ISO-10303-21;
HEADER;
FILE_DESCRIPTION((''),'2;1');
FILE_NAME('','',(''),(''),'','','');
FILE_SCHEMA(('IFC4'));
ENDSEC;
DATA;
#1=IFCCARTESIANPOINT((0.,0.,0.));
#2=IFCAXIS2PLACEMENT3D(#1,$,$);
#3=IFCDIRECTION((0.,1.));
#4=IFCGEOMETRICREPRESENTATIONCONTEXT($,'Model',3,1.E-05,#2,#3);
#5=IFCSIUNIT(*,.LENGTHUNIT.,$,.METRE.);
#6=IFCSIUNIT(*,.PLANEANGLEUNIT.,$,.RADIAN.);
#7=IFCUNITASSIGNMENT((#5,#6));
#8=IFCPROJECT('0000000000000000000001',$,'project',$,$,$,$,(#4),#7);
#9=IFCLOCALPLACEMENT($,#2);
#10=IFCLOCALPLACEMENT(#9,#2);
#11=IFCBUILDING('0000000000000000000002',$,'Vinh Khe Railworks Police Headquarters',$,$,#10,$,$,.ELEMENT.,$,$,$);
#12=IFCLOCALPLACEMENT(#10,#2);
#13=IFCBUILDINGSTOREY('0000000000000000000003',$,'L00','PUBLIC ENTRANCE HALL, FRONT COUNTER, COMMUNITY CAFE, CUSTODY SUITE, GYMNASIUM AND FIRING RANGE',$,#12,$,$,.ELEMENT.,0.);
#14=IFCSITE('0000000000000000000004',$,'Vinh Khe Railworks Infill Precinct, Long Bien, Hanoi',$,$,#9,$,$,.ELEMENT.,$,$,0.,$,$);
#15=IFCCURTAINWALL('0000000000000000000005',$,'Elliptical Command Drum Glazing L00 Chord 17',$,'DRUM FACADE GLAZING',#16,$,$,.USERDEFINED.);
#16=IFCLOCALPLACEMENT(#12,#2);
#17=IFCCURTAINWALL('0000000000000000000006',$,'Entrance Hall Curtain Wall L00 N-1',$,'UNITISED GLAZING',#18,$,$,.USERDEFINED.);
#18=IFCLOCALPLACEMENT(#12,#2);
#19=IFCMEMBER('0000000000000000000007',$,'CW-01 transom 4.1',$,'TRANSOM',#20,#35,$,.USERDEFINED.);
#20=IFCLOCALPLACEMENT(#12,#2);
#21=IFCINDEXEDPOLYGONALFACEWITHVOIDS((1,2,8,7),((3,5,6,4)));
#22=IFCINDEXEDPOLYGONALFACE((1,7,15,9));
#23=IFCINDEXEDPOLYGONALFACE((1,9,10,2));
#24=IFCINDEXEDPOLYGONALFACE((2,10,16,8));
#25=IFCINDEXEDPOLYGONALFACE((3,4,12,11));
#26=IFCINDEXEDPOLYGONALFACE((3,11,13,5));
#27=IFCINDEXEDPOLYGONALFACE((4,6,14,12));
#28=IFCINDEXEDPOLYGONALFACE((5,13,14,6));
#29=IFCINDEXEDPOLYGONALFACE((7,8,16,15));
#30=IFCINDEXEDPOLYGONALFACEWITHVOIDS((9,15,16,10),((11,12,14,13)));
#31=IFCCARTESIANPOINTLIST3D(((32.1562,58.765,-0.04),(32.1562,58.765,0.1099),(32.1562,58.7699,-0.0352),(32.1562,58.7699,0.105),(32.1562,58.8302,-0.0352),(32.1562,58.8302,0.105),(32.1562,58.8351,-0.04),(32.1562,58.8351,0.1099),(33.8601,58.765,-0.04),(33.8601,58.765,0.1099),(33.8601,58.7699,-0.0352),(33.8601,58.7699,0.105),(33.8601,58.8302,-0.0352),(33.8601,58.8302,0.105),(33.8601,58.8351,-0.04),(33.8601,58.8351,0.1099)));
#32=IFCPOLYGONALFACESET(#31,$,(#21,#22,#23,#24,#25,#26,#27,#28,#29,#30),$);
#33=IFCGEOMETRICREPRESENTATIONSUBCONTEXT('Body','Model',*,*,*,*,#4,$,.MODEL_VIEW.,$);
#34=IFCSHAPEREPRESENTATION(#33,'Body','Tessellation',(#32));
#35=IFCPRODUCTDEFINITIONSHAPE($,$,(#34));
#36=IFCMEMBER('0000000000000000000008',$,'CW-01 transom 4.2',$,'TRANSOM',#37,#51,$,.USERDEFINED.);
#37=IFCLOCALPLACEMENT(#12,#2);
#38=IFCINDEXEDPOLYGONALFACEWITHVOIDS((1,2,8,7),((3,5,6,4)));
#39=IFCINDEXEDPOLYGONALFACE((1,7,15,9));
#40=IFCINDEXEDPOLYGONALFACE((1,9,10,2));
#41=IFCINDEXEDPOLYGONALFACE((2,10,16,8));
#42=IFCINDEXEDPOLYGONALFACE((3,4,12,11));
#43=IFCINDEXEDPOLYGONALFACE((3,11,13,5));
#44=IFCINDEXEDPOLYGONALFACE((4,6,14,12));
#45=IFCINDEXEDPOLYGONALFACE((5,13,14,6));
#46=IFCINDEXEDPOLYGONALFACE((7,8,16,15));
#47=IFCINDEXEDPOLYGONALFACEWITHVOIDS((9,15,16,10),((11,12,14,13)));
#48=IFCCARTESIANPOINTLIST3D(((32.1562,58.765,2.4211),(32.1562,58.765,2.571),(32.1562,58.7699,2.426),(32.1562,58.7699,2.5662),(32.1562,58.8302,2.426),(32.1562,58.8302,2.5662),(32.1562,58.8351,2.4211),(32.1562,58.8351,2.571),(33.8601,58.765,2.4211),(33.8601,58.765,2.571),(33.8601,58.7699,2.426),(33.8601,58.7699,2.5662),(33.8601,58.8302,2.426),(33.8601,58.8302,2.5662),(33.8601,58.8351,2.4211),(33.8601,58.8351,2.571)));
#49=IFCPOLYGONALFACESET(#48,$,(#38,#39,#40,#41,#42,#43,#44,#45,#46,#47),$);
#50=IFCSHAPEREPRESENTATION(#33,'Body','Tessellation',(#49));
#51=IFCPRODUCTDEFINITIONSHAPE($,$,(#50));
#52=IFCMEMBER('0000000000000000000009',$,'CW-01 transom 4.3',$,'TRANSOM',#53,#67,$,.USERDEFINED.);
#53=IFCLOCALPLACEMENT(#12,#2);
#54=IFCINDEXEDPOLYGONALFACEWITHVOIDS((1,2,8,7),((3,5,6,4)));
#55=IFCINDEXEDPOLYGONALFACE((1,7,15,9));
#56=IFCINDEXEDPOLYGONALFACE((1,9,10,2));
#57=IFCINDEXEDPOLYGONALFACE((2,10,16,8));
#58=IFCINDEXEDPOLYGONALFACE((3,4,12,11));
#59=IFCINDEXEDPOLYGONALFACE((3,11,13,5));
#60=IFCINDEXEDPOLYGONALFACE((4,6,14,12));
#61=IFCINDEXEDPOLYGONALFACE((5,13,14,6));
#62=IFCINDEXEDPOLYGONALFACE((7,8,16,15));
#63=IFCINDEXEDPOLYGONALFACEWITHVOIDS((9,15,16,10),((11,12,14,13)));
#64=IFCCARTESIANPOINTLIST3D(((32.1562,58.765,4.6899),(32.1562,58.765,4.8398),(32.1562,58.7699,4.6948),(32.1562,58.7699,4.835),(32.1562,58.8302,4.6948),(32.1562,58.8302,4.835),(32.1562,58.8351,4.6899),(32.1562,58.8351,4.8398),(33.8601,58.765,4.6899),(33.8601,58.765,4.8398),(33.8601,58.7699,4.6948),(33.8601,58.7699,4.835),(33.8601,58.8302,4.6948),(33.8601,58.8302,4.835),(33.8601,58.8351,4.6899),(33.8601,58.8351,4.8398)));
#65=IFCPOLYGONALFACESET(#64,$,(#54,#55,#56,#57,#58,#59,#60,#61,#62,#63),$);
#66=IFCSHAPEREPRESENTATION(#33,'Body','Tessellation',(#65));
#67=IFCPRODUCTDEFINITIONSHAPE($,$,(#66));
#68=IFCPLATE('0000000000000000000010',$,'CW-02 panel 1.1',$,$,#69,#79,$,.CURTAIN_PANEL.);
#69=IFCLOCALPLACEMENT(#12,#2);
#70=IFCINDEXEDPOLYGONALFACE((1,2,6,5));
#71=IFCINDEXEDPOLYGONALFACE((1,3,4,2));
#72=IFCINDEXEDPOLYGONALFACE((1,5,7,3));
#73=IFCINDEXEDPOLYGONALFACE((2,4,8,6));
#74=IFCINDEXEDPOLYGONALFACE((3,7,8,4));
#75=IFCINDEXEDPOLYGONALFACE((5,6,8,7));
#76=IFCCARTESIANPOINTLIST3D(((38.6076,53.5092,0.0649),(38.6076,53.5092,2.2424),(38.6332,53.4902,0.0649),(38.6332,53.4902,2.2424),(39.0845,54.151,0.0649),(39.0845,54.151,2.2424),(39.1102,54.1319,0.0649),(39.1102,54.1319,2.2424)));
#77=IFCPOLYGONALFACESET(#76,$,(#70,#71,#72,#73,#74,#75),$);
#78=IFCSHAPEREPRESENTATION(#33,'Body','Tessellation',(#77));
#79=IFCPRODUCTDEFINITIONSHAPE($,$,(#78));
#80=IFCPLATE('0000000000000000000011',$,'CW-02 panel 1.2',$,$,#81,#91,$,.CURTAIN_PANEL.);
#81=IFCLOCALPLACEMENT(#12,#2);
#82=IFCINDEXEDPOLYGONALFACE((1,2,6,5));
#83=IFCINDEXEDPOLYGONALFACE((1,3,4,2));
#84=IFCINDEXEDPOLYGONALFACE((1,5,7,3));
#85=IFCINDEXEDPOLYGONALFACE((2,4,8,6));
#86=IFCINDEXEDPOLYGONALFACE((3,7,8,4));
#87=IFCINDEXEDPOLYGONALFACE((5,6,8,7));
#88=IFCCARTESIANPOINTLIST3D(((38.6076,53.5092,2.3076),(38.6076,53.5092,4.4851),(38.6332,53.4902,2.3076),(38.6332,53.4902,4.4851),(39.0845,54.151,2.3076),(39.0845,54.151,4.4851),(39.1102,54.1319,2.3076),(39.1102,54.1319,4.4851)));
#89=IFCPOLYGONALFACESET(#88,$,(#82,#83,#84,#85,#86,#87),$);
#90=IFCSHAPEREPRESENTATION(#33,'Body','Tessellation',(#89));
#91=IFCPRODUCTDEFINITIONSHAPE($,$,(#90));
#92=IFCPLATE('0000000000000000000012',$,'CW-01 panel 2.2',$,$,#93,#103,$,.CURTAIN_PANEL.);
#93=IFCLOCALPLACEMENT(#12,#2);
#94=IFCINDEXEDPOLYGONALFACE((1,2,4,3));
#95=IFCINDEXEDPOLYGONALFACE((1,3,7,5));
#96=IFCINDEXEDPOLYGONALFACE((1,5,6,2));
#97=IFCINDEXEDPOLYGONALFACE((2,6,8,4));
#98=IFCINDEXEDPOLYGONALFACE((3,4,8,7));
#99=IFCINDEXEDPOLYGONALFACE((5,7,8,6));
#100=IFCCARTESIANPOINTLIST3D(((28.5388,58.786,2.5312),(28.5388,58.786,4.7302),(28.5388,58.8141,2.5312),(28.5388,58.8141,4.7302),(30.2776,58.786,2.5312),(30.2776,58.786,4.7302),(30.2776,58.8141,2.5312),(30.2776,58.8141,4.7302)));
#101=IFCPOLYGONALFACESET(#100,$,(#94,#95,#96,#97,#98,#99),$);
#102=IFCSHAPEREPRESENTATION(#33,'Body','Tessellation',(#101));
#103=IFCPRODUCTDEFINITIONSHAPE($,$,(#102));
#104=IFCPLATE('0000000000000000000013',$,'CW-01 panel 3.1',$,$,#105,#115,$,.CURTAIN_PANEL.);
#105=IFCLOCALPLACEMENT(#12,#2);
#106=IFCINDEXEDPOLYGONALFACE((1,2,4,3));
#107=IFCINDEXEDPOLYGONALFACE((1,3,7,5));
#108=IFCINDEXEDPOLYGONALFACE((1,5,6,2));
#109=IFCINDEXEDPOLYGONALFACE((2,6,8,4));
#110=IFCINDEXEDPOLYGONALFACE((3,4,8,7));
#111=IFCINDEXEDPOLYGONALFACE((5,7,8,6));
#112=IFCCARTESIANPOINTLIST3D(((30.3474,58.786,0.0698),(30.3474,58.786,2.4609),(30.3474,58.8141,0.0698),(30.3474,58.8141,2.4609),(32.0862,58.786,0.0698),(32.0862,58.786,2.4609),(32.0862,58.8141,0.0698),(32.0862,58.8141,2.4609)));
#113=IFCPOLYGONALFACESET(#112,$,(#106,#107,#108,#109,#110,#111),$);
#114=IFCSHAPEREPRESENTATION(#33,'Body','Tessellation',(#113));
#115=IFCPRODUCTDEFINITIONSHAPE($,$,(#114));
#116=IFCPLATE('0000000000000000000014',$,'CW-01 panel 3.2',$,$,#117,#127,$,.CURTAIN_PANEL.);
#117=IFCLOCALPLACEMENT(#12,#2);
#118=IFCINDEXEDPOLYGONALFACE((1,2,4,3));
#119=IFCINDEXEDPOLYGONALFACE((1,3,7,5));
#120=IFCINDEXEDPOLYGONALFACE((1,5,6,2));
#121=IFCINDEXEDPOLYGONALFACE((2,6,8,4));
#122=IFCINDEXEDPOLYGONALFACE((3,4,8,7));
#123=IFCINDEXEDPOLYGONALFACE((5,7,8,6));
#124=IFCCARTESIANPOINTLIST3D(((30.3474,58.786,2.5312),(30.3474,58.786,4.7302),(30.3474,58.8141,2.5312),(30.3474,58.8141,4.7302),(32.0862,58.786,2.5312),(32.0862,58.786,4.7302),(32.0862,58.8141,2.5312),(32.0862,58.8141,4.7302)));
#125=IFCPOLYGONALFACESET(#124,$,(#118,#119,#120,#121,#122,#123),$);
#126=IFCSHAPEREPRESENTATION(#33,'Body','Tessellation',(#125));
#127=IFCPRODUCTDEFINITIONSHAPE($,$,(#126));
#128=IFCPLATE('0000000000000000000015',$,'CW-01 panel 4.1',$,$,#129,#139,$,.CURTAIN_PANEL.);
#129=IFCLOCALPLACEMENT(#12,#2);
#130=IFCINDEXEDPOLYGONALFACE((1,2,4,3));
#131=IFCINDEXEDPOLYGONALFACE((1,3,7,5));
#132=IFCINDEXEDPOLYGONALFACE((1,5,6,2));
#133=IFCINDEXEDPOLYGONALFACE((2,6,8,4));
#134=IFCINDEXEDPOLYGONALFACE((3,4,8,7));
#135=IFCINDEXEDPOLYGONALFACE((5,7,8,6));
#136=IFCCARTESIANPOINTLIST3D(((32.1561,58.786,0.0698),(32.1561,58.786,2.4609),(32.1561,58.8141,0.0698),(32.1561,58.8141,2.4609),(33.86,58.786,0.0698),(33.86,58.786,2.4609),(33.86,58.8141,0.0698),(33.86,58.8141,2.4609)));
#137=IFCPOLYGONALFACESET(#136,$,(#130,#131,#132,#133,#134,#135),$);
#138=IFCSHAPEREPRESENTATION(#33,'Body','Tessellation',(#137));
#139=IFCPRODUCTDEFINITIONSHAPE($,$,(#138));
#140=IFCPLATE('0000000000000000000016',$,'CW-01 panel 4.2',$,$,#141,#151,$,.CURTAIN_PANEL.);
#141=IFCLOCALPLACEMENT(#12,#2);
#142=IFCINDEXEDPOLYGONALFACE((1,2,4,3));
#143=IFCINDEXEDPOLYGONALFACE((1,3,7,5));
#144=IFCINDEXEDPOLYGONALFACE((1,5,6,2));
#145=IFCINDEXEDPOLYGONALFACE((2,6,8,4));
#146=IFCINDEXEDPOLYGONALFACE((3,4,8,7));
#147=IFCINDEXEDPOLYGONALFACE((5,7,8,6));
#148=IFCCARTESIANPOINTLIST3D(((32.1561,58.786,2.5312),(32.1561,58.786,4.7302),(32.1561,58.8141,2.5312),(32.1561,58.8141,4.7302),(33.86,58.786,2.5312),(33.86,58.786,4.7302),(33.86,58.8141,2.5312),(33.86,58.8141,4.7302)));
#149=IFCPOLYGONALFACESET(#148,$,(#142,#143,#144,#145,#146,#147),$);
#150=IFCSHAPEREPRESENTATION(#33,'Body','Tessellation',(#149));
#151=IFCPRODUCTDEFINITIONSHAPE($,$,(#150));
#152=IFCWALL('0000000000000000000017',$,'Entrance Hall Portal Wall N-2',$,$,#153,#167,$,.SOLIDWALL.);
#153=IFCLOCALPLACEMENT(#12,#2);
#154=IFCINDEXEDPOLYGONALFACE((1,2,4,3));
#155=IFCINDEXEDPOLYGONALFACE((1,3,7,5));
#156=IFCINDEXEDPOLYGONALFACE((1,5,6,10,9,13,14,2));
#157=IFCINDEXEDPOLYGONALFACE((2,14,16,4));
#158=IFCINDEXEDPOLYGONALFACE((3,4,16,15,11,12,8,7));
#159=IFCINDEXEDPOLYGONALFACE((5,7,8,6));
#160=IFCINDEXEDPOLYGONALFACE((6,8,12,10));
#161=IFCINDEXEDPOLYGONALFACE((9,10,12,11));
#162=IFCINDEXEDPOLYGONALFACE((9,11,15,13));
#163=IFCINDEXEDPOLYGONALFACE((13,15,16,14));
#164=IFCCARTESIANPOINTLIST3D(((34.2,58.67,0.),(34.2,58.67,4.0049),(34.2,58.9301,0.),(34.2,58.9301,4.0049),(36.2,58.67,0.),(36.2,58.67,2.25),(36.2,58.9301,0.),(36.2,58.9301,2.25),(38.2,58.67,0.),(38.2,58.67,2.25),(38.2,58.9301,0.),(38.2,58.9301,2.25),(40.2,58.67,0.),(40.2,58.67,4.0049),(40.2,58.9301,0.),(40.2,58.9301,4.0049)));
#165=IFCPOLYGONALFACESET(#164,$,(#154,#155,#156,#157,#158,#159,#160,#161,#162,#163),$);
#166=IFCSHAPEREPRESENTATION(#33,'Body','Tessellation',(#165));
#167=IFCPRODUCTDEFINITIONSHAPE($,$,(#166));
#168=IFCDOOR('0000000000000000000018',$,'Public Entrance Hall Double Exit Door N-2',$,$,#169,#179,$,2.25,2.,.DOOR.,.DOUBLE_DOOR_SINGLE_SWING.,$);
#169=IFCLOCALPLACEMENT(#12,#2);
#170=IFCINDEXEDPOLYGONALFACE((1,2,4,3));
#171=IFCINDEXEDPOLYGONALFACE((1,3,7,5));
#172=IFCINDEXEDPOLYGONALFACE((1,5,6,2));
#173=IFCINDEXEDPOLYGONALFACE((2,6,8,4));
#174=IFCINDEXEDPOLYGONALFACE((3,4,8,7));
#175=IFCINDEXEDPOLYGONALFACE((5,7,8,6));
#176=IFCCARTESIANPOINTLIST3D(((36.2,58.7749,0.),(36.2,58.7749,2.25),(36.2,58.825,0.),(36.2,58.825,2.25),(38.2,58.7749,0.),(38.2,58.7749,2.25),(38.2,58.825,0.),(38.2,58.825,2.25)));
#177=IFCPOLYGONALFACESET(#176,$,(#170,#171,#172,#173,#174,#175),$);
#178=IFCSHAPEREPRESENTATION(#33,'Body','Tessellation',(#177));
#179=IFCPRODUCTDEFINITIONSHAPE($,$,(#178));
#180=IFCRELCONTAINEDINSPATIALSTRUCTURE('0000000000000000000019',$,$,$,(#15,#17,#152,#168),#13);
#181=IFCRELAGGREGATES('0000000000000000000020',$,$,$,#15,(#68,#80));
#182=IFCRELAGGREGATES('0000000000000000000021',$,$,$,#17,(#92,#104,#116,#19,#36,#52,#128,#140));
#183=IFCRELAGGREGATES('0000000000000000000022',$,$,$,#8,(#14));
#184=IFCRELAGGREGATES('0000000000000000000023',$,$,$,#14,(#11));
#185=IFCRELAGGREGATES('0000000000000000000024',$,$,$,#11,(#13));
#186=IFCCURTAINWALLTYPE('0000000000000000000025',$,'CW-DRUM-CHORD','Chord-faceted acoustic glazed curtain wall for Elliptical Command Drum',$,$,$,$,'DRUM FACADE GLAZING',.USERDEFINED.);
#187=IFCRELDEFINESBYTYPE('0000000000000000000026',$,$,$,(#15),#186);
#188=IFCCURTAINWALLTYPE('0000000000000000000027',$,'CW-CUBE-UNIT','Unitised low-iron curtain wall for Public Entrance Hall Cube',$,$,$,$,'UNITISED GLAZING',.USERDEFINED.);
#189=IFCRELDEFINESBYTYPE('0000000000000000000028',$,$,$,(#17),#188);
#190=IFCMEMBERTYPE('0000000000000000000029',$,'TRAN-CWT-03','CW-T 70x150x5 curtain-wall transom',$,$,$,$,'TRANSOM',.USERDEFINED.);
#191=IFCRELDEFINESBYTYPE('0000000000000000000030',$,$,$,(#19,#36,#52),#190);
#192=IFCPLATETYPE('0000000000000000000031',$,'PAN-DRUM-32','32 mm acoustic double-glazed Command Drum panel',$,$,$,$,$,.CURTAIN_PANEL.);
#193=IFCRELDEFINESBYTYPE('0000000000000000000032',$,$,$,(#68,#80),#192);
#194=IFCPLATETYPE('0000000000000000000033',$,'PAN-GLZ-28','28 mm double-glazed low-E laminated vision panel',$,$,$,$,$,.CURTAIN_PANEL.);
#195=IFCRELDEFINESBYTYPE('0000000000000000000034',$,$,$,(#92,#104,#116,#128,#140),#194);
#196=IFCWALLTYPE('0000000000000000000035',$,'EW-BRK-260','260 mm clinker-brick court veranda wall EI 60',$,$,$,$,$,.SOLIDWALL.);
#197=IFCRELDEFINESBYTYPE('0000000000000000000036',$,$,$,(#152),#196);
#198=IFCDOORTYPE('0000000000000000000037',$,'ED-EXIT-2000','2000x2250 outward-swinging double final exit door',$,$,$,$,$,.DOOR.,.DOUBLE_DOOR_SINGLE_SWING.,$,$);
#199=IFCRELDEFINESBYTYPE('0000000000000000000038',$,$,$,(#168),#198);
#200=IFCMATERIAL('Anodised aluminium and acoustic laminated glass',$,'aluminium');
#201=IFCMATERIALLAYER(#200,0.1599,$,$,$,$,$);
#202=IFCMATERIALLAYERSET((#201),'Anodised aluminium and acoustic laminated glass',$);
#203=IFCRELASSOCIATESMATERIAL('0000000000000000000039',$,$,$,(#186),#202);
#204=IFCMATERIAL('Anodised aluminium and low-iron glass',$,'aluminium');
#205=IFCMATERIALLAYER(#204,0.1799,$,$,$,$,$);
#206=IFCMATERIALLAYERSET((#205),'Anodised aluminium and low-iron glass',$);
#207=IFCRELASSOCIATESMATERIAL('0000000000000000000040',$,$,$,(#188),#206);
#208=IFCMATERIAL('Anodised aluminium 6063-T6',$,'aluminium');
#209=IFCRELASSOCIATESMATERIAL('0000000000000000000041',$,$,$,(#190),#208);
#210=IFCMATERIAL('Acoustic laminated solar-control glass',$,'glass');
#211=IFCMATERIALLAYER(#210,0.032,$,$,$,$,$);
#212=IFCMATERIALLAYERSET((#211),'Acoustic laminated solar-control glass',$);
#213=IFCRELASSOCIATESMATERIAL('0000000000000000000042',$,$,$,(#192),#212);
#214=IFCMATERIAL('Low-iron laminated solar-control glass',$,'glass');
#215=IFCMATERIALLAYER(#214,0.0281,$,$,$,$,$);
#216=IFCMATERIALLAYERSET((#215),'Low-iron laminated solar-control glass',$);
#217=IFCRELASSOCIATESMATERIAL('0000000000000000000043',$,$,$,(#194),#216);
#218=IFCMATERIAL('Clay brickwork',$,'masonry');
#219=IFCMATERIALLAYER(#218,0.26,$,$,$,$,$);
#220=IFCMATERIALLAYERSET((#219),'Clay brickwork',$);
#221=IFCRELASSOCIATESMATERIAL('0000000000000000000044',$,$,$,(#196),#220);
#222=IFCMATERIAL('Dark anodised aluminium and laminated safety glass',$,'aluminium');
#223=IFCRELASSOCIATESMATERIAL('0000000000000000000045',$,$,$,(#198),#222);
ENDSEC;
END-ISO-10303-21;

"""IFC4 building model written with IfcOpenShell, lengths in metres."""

from ifc_helpers import new_model, si_unit, direction, frame, frame_2d, origin, origin_2d, place, context, subcontext, project, spatial, rectangle, hollow_rectangle, extrude, material, layer, layer_set, material_profile, profile_set, type_object, element, fill, aggregate, save


model = new_model("IFC4")

# Units and contexts
model_context = context("Model", 3, precision=1e-05, world=origin(), true_north=direction((0.0, 1.0)))
body_context = subcontext(model_context, "Body", "Model", "MODEL_VIEW")
ifc_project = project(units=[si_unit("LENGTHUNIT", "METRE"), si_unit("PLANEANGLEUNIT", "RADIAN")], contexts=[model_context])

# Site, building, storey
site_placement = place(None, origin())
site = spatial("IfcSite", under=ifc_project, at=site_placement, Name="Vinh Khe Railworks Infill Precinct, Long Bien, Hanoi", CompositionType="ELEMENT", RefElevation=0.0)
building_placement = place(site_placement, origin())
building = spatial("IfcBuilding", under=site, at=building_placement, Name="Vinh Khe Railworks Police Headquarters", CompositionType="ELEMENT")
storey_placement = place(building_placement, origin())
storey = spatial("IfcBuildingStorey", under=building, at=storey_placement, Name="L00", Description="PUBLIC ENTRANCE HALL, FRONT COUNTER, COMMUNITY CAFE, CUSTODY SUITE, GYMNASIUM AND FIRING RANGE", CompositionType="ELEMENT", Elevation=0.0)

# Curtain walls
ifc_material_1 = material(Name="Anodised aluminium and acoustic laminated glass", Category="aluminium")
ifc_layer_1 = layer(ifc_material_1, 0.1599)
ifc_layer_set_1 = layer_set([ifc_layer_1], Name="Anodised aluminium and acoustic laminated glass")
curtain_wall_type_1 = type_object("IfcCurtainWallType", Name="CW-DRUM-CHORD", Description="Chord-faceted acoustic glazed curtain wall for Elliptical Command Drum", ElementType="DRUM FACADE GLAZING", PredefinedType="USERDEFINED", material=ifc_layer_set_1)
curtain_wall_1_placement = place(storey_placement, origin())
curtain_wall_1 = element("IfcCurtainWall", 1, at=curtain_wall_1_placement, inside=storey, type_object=curtain_wall_type_1, Name="Elliptical Command Drum Glazing L00 Chord 17", ObjectType="DRUM FACADE GLAZING", PredefinedType="USERDEFINED")
ifc_material_2 = material(Name="Anodised aluminium 6063-T6", Category="aluminium")
ifc_material_3 = material(Name="Anodised aluminium and low-iron glass", Category="aluminium")
ifc_layer_2 = layer(ifc_material_3, 0.1799)
ifc_layer_set_2 = layer_set([ifc_layer_2], Name="Anodised aluminium and low-iron glass")
curtain_wall_type_2 = type_object("IfcCurtainWallType", Name="CW-CUBE-UNIT", Description="Unitised low-iron curtain wall for Public Entrance Hall Cube", ElementType="UNITISED GLAZING", PredefinedType="USERDEFINED", material=ifc_layer_set_2)
curtain_wall_2_placement = place(storey_placement, origin())
curtain_wall_2 = element("IfcCurtainWall", 2, at=curtain_wall_2_placement, inside=storey, type_object=curtain_wall_type_2, Name="Entrance Hall Curtain Wall L00 N-1", ObjectType="UNITISED GLAZING", PredefinedType="USERDEFINED")

# Members
ifc_material_profile_1 = material_profile(ifc_material_2, hollow_rectangle(XDim=0.0701, YDim=0.1499, WallThickness=0.0049, at=origin_2d()), Name="CW-T 70x150x5")
ifc_profile_set_1 = profile_set([ifc_material_profile_1], Name="Anodised aluminium 6063-T6")
member_type_1 = type_object("IfcMemberType", Name="TRAN-CWT-03", Description="CW-T 70x150x5 curtain-wall transom", ElementType="TRANSOM", PredefinedType="USERDEFINED", material=ifc_profile_set_1)
member_1_placement = place(storey_placement, frame((32.1562, 58.8, 0.0349), z_axis=(1.0, 0.0, 0.0), x_axis=(0.0, 1.0, 0.0)))
member_1 = element("IfcMember", 3, at=member_1_placement, type_object=member_type_1, Name="CW-01 transom 4.1", ObjectType="TRANSOM", PredefinedType="USERDEFINED", context=body_context, shape_type="SweptSolid", body=[
    extrude(hollow_rectangle(XDim=0.0701, YDim=0.1499, WallThickness=0.0049, at=origin_2d()), origin(), (0.0, 0.0, 1.0), 1.7039),
])
member_2_placement = place(storey_placement, frame((32.1562, 58.8, 2.4961), z_axis=(1.0, 0.0, 0.0), x_axis=(0.0, 1.0, 0.0)))
member_2 = element("IfcMember", 4, at=member_2_placement, type_object=member_type_1, Name="CW-01 transom 4.2", ObjectType="TRANSOM", PredefinedType="USERDEFINED", context=body_context, shape_type="SweptSolid", body=[
    extrude(hollow_rectangle(XDim=0.0701, YDim=0.1499, WallThickness=0.0049, at=origin_2d()), origin(), (0.0, 0.0, 1.0), 1.7039),
])
member_3_placement = place(storey_placement, frame((32.1562, 58.8, 4.7649), z_axis=(1.0, 0.0, 0.0), x_axis=(0.0, 1.0, 0.0)))
member_3 = element("IfcMember", 5, at=member_3_placement, type_object=member_type_1, Name="CW-01 transom 4.3", ObjectType="TRANSOM", PredefinedType="USERDEFINED", context=body_context, shape_type="SweptSolid", body=[
    extrude(hollow_rectangle(XDim=0.0701, YDim=0.1499, WallThickness=0.0049, at=origin_2d()), origin(), (0.0, 0.0, 1.0), 1.7039),
])

# Plates
ifc_material_4 = material(Name="Acoustic laminated solar-control glass", Category="glass")
ifc_layer_3 = layer(ifc_material_4, 0.032)
ifc_layer_set_3 = layer_set([ifc_layer_3], Name="Acoustic laminated solar-control glass")
plate_type_1 = type_object("IfcPlateType", Name="PAN-DRUM-32", Description="32 mm acoustic double-glazed Command Drum panel", PredefinedType="CURTAIN_PANEL", material=ifc_layer_set_3)
plate_1_placement = place(storey_placement, frame((38.8589, 53.8206, 0.0649), z_axis=(0.0, 0.0, 1.0), x_axis=(-0.596528, -0.802592, 0.0)))
plate_1 = element("IfcPlate", 6, at=plate_1_placement, type_object=plate_type_1, Name="CW-02 panel 1.1", PredefinedType="CURTAIN_PANEL", context=body_context, shape_type="SweptSolid", body=[
    extrude(rectangle(XDim=0.7996, YDim=0.032, at=origin_2d()), origin(), (0.0, 0.0, 1.0), 2.1775),
])
plate_2_placement = place(storey_placement, frame((38.8589, 53.8206, 2.3076), z_axis=(0.0, 0.0, 1.0), x_axis=(-0.596528, -0.802592, 0.0)))
plate_2 = element("IfcPlate", 7, at=plate_2_placement, type_object=plate_type_1, Name="CW-02 panel 1.2", PredefinedType="CURTAIN_PANEL", context=body_context, shape_type="SweptSolid", body=[
    extrude(rectangle(XDim=0.7996, YDim=0.032, at=origin_2d()), origin(), (0.0, 0.0, 1.0), 2.1775),
])
aggregate(curtain_wall_1, [plate_1, plate_2])
ifc_material_5 = material(Name="Low-iron laminated solar-control glass", Category="glass")
ifc_layer_4 = layer(ifc_material_5, 0.0281)
ifc_layer_set_4 = layer_set([ifc_layer_4], Name="Low-iron laminated solar-control glass")
plate_type_2 = type_object("IfcPlateType", Name="PAN-GLZ-28", Description="28 mm double-glazed low-E laminated vision panel", PredefinedType="CURTAIN_PANEL", material=ifc_layer_set_4)
plate_3_placement = place(storey_placement, frame((29.4082, 58.8, 2.5312), z_axis=(0.0, 0.0, 1.0), x_axis=(1.0, 0.0, 0.0)))
plate_3 = element("IfcPlate", 8, at=plate_3_placement, type_object=plate_type_2, Name="CW-01 panel 2.2", PredefinedType="CURTAIN_PANEL", context=body_context, shape_type="SweptSolid", body=[
    extrude(rectangle(XDim=1.7388, YDim=0.0281, at=origin_2d()), origin(), (0.0, 0.0, 1.0), 2.199),
])
plate_4_placement = place(storey_placement, frame((31.2168, 58.8, 0.0698), z_axis=(0.0, 0.0, 1.0), x_axis=(1.0, 0.0, 0.0)))
plate_4 = element("IfcPlate", 9, at=plate_4_placement, type_object=plate_type_2, Name="CW-01 panel 3.1", PredefinedType="CURTAIN_PANEL", context=body_context, shape_type="SweptSolid", body=[
    extrude(rectangle(XDim=1.7388, YDim=0.0281, at=origin_2d()), origin(), (0.0, 0.0, 1.0), 2.3911),
])
plate_5_placement = place(storey_placement, frame((31.2168, 58.8, 2.5312), z_axis=(0.0, 0.0, 1.0), x_axis=(1.0, 0.0, 0.0)))
plate_5 = element("IfcPlate", 10, at=plate_5_placement, type_object=plate_type_2, Name="CW-01 panel 3.2", PredefinedType="CURTAIN_PANEL", context=body_context, shape_type="SweptSolid", body=[
    extrude(rectangle(XDim=1.7388, YDim=0.0281, at=origin_2d()), origin(), (0.0, 0.0, 1.0), 2.199),
])
plate_6_placement = place(storey_placement, frame((33.0081, 58.8, 0.0698), z_axis=(0.0, 0.0, 1.0), x_axis=(1.0, 0.0, 0.0)))
plate_6 = element("IfcPlate", 11, at=plate_6_placement, type_object=plate_type_2, Name="CW-01 panel 4.1", PredefinedType="CURTAIN_PANEL", context=body_context, shape_type="SweptSolid", body=[
    extrude(rectangle(XDim=1.7039, YDim=0.0281, at=origin_2d()), origin(), (0.0, 0.0, 1.0), 2.3911),
])
plate_7_placement = place(storey_placement, frame((33.0081, 58.8, 2.5312), z_axis=(0.0, 0.0, 1.0), x_axis=(1.0, 0.0, 0.0)))
plate_7 = element("IfcPlate", 12, at=plate_7_placement, type_object=plate_type_2, Name="CW-01 panel 4.2", PredefinedType="CURTAIN_PANEL", context=body_context, shape_type="SweptSolid", body=[
    extrude(rectangle(XDim=1.7039, YDim=0.0281, at=origin_2d()), origin(), (0.0, 0.0, 1.0), 2.199),
])
aggregate(curtain_wall_2, [plate_3, plate_4, plate_5, member_1, member_2, member_3, plate_6, plate_7])

# Wall, opening, door
ifc_material_6 = material(Name="Clay brickwork", Category="masonry")
ifc_layer_5 = layer(ifc_material_6, 0.26)
ifc_layer_set_5 = layer_set([ifc_layer_5], Name="Clay brickwork")
wall_type = type_object("IfcWallType", Name="EW-BRK-260", Description="260 mm clinker-brick court veranda wall EI 60", PredefinedType="SOLIDWALL", material=ifc_layer_set_5)
wall_placement = place(storey_placement, frame((34.2, 58.8, 0.0), z_axis=(0.0, 0.0, 1.0), x_axis=(1.0, 0.0, 0.0)))
wall = element("IfcWall", 13, at=wall_placement, inside=storey, type_object=wall_type, Name="Entrance Hall Portal Wall N-2", PredefinedType="SOLIDWALL", context=body_context, shape_type="SweptSolid", body=[
    extrude(rectangle(XDim=6.0, YDim=0.26, at=frame_2d((3.0, 0.0))), origin(), (0.0, 0.0, 1.0), 4.0049),
])
opening_placement = place(wall_placement, frame((2.0, 0.0, 0.0)))
opening = element("IfcOpeningElement", 14, at=opening_placement, cuts=wall, PredefinedType="OPENING", context=body_context, shape_type="SweptSolid", body=[
    extrude(rectangle(XDim=2.0, YDim=2.25, at=frame_2d((1.0, 1.125))), frame((0.0, 0.145, 0.0), z_axis=(0.0, -1.0, 0.0), x_axis=(1.0, 0.0, 0.0)), (0.0, 0.0, 1.0), 0.2898),
])
ifc_material_7 = material(Name="Dark anodised aluminium and laminated safety glass", Category="aluminium")
door_type = type_object("IfcDoorType", Name="ED-EXIT-2000", Description="2000x2250 outward-swinging double final exit door", OperationType="DOUBLE_DOOR_SINGLE_SWING", PredefinedType="DOOR", material=ifc_material_7)
door_placement = place(opening_placement, origin())
door = element("IfcDoor", 15, at=door_placement, inside=storey, type_object=door_type, Name="Public Entrance Hall Double Exit Door N-2", OperationType="DOUBLE_DOOR_SINGLE_SWING", OverallHeight=2.25, OverallWidth=2.0, PredefinedType="DOOR", context=body_context, shape_type="SweptSolid", body=[
    extrude(rectangle(XDim=2.0, YDim=2.25, at=frame_2d((1.0, 1.125))), frame((0.0, 0.0249, 0.0), z_axis=(0.0, -1.0, 0.0), x_axis=(1.0, 0.0, 0.0)), (0.0, 0.0, 1.0), 0.05),
])
fill(opening, door)

save(model, "model.ifc")
